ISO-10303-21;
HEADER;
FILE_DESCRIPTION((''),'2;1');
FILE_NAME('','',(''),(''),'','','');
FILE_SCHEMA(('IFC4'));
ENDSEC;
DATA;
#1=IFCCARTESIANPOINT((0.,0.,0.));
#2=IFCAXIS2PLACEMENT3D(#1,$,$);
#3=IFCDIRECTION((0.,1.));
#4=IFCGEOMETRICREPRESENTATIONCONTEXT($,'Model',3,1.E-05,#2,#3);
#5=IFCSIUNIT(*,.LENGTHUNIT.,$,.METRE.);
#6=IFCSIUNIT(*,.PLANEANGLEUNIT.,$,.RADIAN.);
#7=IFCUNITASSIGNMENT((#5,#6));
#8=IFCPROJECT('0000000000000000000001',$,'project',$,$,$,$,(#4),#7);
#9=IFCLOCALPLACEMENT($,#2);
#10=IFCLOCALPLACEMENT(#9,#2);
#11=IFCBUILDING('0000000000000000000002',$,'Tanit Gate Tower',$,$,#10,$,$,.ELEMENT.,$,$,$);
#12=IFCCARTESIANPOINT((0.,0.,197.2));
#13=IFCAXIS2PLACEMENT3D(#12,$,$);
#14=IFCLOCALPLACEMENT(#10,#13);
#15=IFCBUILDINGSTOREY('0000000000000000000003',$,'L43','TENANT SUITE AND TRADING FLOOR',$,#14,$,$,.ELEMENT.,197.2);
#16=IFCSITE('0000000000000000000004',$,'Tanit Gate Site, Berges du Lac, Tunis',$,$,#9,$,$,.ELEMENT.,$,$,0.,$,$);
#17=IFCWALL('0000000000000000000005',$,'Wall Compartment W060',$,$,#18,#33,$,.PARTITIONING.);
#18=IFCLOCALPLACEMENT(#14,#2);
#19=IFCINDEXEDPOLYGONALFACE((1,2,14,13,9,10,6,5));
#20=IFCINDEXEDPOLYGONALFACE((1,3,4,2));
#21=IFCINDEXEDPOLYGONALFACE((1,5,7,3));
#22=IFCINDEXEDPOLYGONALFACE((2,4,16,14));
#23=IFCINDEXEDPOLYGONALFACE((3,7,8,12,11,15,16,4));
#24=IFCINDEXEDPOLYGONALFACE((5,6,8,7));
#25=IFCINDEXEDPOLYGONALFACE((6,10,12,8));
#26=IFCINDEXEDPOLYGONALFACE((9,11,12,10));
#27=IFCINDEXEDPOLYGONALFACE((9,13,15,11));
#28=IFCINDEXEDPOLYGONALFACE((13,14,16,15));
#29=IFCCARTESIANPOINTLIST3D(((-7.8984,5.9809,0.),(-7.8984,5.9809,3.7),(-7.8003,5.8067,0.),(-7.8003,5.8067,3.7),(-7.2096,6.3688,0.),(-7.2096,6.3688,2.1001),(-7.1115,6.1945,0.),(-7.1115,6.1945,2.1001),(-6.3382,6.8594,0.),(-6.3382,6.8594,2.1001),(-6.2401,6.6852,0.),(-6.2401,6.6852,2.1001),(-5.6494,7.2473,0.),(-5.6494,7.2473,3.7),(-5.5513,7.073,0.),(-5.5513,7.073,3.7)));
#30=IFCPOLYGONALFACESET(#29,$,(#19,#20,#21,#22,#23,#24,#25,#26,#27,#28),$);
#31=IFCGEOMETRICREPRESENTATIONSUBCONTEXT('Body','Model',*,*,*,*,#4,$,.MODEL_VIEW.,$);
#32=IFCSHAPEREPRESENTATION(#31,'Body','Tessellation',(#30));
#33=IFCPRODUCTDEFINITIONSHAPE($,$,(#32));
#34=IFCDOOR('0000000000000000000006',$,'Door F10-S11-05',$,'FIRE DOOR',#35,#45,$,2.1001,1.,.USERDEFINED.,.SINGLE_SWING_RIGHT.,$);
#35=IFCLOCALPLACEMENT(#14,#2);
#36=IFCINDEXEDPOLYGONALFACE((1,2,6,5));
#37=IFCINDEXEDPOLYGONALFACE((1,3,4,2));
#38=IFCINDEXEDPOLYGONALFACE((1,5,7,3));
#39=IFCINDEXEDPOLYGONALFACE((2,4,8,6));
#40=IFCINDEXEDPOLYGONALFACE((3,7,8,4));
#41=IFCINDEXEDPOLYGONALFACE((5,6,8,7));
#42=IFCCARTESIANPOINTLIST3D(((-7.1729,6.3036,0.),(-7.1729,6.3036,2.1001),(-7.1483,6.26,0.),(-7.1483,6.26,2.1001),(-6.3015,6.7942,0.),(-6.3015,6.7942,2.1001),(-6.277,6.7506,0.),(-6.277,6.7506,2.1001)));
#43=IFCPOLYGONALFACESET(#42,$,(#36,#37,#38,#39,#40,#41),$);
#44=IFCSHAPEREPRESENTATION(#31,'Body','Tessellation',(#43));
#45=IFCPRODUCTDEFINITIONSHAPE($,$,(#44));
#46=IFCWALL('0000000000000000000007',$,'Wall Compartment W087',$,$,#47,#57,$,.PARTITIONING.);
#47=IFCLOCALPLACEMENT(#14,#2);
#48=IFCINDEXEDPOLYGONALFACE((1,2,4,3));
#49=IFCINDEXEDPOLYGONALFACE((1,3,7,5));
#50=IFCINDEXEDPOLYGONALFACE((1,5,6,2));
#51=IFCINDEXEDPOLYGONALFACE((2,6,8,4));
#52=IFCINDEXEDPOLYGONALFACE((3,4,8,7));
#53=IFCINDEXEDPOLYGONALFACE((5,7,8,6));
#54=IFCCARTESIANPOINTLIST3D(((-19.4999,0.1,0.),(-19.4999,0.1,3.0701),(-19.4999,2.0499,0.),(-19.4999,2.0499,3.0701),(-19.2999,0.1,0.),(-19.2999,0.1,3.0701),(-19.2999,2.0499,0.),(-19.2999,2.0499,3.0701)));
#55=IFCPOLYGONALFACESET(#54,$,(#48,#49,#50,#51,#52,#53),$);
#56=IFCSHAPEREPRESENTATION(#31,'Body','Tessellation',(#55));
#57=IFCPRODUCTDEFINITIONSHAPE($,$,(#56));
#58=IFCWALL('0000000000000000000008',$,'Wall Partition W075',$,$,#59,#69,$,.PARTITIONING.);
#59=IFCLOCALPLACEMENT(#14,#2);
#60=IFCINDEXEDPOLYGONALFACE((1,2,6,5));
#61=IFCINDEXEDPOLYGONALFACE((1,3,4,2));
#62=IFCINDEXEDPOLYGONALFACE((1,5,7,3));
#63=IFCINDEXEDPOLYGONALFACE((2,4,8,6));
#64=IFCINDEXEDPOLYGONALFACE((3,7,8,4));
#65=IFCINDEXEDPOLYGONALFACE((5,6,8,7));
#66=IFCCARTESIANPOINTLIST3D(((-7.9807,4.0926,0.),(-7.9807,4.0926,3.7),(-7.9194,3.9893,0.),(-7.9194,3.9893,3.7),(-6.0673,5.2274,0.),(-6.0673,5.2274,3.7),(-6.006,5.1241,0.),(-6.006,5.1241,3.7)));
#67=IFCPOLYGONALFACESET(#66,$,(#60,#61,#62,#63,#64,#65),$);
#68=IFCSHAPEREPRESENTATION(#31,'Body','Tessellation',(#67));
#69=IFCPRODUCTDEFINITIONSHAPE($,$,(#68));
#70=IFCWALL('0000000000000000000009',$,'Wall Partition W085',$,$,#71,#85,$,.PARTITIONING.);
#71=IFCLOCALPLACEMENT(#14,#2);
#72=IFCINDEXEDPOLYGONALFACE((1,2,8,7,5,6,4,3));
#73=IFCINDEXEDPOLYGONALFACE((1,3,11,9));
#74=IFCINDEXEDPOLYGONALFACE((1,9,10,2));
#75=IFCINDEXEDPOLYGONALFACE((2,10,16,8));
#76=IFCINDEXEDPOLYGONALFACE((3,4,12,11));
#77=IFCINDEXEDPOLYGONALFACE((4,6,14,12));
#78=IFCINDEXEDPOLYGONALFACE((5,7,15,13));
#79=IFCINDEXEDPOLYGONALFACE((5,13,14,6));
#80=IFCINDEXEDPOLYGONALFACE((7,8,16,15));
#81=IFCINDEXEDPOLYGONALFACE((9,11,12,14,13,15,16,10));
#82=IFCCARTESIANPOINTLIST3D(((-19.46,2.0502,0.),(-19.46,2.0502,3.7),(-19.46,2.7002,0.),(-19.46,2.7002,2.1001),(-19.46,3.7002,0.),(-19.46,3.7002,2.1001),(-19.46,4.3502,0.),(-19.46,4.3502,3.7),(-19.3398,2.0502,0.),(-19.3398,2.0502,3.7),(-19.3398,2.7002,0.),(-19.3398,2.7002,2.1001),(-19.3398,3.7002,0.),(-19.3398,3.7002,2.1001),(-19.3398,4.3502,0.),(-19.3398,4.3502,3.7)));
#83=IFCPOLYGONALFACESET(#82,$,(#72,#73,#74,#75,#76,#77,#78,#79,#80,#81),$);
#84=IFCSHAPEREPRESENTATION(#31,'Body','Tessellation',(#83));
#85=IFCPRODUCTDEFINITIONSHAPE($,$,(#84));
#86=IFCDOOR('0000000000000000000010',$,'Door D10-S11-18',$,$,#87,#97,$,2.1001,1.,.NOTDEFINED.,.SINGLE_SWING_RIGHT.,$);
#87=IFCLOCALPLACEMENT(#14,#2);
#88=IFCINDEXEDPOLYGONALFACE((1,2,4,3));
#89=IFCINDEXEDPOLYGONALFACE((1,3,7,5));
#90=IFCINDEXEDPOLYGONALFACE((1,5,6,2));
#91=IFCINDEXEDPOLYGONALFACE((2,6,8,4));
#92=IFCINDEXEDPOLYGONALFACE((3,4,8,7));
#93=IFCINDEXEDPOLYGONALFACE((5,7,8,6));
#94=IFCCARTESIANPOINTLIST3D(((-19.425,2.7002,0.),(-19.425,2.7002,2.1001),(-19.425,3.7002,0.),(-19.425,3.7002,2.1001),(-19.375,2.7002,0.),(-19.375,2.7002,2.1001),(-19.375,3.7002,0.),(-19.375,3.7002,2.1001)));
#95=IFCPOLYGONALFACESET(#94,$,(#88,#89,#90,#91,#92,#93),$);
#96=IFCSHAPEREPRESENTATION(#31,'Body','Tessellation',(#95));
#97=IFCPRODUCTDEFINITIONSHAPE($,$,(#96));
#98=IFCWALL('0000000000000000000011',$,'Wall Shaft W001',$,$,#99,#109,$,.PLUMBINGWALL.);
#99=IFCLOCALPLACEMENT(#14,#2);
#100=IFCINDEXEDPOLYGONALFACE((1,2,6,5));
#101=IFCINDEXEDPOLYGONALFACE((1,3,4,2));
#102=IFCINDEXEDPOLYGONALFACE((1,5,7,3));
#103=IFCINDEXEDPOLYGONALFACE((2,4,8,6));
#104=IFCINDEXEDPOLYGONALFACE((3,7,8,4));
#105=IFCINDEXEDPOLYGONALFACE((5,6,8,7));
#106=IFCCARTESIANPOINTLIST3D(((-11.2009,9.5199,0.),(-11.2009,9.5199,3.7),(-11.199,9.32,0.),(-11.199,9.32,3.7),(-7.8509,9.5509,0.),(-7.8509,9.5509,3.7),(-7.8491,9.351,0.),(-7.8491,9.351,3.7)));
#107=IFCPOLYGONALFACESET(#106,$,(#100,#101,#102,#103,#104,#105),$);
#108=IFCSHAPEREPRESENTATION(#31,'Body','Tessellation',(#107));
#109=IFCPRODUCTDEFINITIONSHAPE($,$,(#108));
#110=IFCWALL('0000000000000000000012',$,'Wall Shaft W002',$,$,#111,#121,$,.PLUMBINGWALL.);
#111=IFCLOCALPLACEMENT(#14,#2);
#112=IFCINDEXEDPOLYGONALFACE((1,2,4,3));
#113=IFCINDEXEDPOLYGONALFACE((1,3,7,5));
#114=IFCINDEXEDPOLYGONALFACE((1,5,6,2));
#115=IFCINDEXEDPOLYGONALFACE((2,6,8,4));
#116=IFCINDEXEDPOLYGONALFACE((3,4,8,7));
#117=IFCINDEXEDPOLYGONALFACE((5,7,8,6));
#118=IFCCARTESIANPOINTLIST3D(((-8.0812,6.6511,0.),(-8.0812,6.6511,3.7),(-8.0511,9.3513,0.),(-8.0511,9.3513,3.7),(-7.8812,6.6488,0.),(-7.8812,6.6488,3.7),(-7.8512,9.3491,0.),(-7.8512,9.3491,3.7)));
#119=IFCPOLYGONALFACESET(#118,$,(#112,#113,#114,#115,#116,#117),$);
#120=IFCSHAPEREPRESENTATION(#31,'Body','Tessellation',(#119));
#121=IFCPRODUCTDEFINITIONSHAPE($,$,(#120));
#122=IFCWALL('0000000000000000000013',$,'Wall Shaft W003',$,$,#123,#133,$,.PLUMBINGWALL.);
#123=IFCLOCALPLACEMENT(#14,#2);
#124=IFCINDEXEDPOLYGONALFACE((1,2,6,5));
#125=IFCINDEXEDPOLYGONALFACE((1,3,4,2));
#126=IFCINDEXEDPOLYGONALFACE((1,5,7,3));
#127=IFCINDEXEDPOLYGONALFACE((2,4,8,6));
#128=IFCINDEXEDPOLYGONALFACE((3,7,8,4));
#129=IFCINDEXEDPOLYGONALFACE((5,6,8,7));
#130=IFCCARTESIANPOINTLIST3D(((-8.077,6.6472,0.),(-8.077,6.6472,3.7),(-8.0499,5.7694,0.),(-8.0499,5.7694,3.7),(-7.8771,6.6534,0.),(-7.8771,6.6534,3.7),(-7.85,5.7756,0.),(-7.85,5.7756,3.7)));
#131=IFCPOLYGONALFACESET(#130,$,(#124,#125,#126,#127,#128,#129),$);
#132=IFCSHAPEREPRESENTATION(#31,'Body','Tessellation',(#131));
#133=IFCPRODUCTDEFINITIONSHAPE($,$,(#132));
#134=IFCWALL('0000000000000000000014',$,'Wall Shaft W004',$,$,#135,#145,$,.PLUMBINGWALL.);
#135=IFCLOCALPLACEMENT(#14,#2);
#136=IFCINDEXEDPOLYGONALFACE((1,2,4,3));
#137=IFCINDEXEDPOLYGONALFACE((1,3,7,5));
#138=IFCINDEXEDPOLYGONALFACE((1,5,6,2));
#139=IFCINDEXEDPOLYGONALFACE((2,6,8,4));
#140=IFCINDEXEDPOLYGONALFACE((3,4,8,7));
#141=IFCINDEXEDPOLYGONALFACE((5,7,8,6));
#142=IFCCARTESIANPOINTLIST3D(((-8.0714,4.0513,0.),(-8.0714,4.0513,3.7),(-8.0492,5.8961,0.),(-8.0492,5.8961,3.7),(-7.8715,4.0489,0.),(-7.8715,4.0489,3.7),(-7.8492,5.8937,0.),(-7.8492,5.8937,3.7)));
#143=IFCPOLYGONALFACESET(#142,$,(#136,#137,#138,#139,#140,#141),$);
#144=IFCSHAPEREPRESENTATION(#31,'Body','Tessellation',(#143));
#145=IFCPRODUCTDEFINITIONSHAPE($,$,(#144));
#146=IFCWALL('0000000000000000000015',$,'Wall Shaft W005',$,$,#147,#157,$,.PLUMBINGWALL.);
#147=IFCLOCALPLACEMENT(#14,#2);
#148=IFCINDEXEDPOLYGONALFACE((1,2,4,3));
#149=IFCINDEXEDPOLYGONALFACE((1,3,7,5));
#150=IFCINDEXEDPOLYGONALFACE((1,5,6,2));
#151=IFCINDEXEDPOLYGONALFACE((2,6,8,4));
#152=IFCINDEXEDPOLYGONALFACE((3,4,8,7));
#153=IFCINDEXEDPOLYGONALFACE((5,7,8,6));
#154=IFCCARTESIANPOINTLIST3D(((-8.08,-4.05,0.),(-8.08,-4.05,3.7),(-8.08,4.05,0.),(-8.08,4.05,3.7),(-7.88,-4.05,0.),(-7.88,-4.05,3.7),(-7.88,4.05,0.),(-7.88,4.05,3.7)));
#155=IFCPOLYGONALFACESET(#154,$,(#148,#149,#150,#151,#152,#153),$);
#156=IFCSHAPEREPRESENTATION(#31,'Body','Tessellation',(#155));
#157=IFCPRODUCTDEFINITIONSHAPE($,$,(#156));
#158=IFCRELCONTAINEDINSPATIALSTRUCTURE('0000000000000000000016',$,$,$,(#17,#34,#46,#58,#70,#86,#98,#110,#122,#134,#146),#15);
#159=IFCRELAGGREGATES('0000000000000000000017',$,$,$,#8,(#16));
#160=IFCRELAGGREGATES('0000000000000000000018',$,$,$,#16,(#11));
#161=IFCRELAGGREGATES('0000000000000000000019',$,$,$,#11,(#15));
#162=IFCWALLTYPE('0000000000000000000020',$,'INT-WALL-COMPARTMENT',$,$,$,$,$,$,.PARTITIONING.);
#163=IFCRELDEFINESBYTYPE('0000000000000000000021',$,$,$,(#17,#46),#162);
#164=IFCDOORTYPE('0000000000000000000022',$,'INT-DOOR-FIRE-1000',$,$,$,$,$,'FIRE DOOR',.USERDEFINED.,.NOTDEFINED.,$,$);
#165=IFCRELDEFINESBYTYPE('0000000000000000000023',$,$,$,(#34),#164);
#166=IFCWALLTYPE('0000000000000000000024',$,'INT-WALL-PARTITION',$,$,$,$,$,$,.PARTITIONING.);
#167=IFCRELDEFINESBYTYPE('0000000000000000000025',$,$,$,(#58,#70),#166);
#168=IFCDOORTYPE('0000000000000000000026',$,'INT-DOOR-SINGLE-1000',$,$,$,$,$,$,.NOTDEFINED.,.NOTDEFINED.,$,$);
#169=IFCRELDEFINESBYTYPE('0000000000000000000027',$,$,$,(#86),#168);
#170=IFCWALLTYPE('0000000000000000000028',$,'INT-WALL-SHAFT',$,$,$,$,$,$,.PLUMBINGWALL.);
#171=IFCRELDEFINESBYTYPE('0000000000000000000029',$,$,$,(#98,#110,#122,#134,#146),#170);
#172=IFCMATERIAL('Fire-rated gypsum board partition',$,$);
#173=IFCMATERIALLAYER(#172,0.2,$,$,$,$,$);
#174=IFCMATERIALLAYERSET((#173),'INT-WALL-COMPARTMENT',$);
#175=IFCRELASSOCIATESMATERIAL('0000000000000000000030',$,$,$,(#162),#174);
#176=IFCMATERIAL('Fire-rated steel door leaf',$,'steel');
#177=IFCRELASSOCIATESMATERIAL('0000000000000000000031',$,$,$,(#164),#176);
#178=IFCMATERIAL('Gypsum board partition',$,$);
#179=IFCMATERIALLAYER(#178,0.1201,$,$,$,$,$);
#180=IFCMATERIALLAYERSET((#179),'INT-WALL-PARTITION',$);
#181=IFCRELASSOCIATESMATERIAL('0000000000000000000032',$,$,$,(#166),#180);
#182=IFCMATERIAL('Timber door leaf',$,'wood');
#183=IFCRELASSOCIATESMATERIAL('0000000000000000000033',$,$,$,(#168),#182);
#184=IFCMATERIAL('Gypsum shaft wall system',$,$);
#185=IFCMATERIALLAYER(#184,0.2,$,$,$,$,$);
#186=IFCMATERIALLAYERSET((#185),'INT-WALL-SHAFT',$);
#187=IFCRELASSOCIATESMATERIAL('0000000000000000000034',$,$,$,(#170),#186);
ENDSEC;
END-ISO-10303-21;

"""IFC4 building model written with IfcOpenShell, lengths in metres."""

from ifc_helpers import new_model, si_unit, direction, frame, frame_2d, origin, place, context, subcontext, project, spatial, rectangle, extrude, material, layer, layer_set, type_object, element, fill, save


model = new_model("IFC4")

# Units and contexts
model_context = context("Model", 3, precision=1e-05, world=origin(), true_north=direction((0.0, 1.0)))
body_context = subcontext(model_context, "Body", "Model", "MODEL_VIEW")
ifc_project = project(units=[si_unit("LENGTHUNIT", "METRE"), si_unit("PLANEANGLEUNIT", "RADIAN")], contexts=[model_context])

# Site, building, storey
site_placement = place(None, origin())
site = spatial("IfcSite", under=ifc_project, at=site_placement, Name="Tanit Gate Site, Berges du Lac, Tunis", CompositionType="ELEMENT", RefElevation=0.0)
building_placement = place(site_placement, origin())
building = spatial("IfcBuilding", under=site, at=building_placement, Name="Tanit Gate Tower", CompositionType="ELEMENT")
storey_placement = place(building_placement, frame((0.0, 0.0, 197.2)))
storey = spatial("IfcBuildingStorey", under=building, at=storey_placement, Name="L43", Description="TENANT SUITE AND TRADING FLOOR", CompositionType="ELEMENT", Elevation=197.2)

# Wall, opening, door
ifc_material_1 = material(Name="Fire-rated gypsum board partition")
ifc_layer_1 = layer(ifc_material_1, 0.2)
ifc_layer_set_1 = layer_set([ifc_layer_1], Name="INT-WALL-COMPARTMENT")
wall_type_1 = type_object("IfcWallType", Name="INT-WALL-COMPARTMENT", PredefinedType="PARTITIONING", material=ifc_layer_set_1)
wall_1_placement = place(storey_placement, frame((-5.6003, 7.1602, 0.0), z_axis=(0.0, 0.0, 1.0), x_axis=(-0.871363, -0.490638, 0.0)))
wall_1 = element("IfcWall", 1, at=wall_1_placement, inside=storey, type_object=wall_type_1, Name="Wall Compartment W060", PredefinedType="PARTITIONING", context=body_context, shape_type="SweptSolid", body=[
    extrude(rectangle(XDim=2.5811, YDim=0.2, at=frame_2d((1.2905, 0.0))), origin(), (0.0, 0.0, 1.0), 3.7),
])
opening_1_placement = place(wall_1_placement, frame((0.7905, 0.0, 0.0)))
opening_1 = element("IfcOpeningElement", 2, at=opening_1_placement, cuts=wall_1, PredefinedType="OPENING", context=body_context, shape_type="SweptSolid", body=[
    extrude(rectangle(XDim=1.0, YDim=2.1001, at=frame_2d((0.5, 1.05))), frame((0.0, 0.1099, 0.0), z_axis=(0.0, -1.0, 0.0), x_axis=(1.0, 0.0, 0.0)), (0.0, 0.0, 1.0), 0.22),
])
ifc_material_2 = material(Name="Fire-rated steel door leaf", Category="steel")
door_type_1 = type_object("IfcDoorType", Name="INT-DOOR-FIRE-1000", ElementType="FIRE DOOR", OperationType="NOTDEFINED", PredefinedType="USERDEFINED", material=ifc_material_2)
door_1_placement = place(opening_1_placement, origin())
door_1 = element("IfcDoor", 3, at=door_1_placement, inside=storey, type_object=door_type_1, Name="Door F10-S11-05", ObjectType="FIRE DOOR", OperationType="SINGLE_SWING_RIGHT", OverallHeight=2.1001, OverallWidth=1.0, PredefinedType="USERDEFINED", context=body_context, shape_type="SweptSolid", body=[
    extrude(rectangle(XDim=1.0, YDim=2.1001, at=frame_2d((0.5, 1.05))), frame((0.0, 0.0249, 0.0), z_axis=(0.0, -1.0, 0.0), x_axis=(1.0, 0.0, 0.0)), (0.0, 0.0, 1.0), 0.05),
])
fill(opening_1, door_1)

# Walls
wall_2_placement = place(storey_placement, frame((-19.3999, 2.05, 0.0), z_axis=(0.0, 0.0, 1.0), x_axis=(0.0, -1.0, 0.0)))
element("IfcWall", 4, at=wall_2_placement, inside=storey, type_object=wall_type_1, Name="Wall Compartment W087", PredefinedType="PARTITIONING", context=body_context, shape_type="SweptSolid", body=[
    extrude(rectangle(XDim=1.95, YDim=0.2, at=frame_2d((0.9751, 0.0))), origin(), (0.0, 0.0, 1.0), 3.0701),
])
ifc_material_3 = material(Name="Gypsum board partition")
ifc_layer_2 = layer(ifc_material_3, 0.1201)
ifc_layer_set_2 = layer_set([ifc_layer_2], Name="INT-WALL-PARTITION")
wall_type_2 = type_object("IfcWallType", Name="INT-WALL-PARTITION", PredefinedType="PARTITIONING", material=ifc_layer_set_2)
wall_3_placement = place(storey_placement, frame((-6.0366, 5.1758, 0.0), z_axis=(0.0, 0.0, 1.0), x_axis=(-0.860106, -0.510115, 0.0)))
element("IfcWall", 5, at=wall_3_placement, inside=storey, type_object=wall_type_2, Name="Wall Partition W075", PredefinedType="PARTITIONING", context=body_context, shape_type="SweptSolid", body=[
    extrude(rectangle(XDim=2.2246, YDim=0.1201, at=frame_2d((1.1123, 0.0))), origin(), (0.0, 0.0, 1.0), 3.7),
])

# Wall, opening, door
wall_4_placement = place(storey_placement, frame((-19.3999, 4.3501, 0.0), z_axis=(0.0, 0.0, 1.0), x_axis=(0.0, -1.0, 0.0)))
wall_4 = element("IfcWall", 6, at=wall_4_placement, inside=storey, type_object=wall_type_2, Name="Wall Partition W085", PredefinedType="PARTITIONING", context=body_context, shape_type="SweptSolid", body=[
    extrude(rectangle(XDim=2.3, YDim=0.1201, at=frame_2d((1.1499, 0.0))), origin(), (0.0, 0.0, 1.0), 3.7),
])
opening_2_placement = place(wall_4_placement, frame((0.6499, 0.0, 0.0)))
opening_2 = element("IfcOpeningElement", 7, at=opening_2_placement, cuts=wall_4, PredefinedType="OPENING", context=body_context, shape_type="SweptSolid", body=[
    extrude(rectangle(XDim=1.0, YDim=2.1001, at=frame_2d((0.5, 1.05))), frame((0.0, 0.0701, 0.0), z_axis=(0.0, -1.0, 0.0), x_axis=(1.0, 0.0, 0.0)), (0.0, 0.0, 1.0), 0.1401),
])
ifc_material_4 = material(Name="Timber door leaf", Category="wood")
door_type_2 = type_object("IfcDoorType", Name="INT-DOOR-SINGLE-1000", OperationType="NOTDEFINED", PredefinedType="NOTDEFINED", material=ifc_material_4)
door_2_placement = place(opening_2_placement, origin())
door_2 = element("IfcDoor", 8, at=door_2_placement, inside=storey, type_object=door_type_2, Name="Door D10-S11-18", OperationType="SINGLE_SWING_RIGHT", OverallHeight=2.1001, OverallWidth=1.0, PredefinedType="NOTDEFINED", context=body_context, shape_type="SweptSolid", body=[
    extrude(rectangle(XDim=1.0, YDim=2.1001, at=frame_2d((0.5, 1.05))), frame((0.0, 0.0249, 0.0), z_axis=(0.0, -1.0, 0.0), x_axis=(1.0, 0.0, 0.0)), (0.0, 0.0, 1.0), 0.05),
])
fill(opening_2, door_2)

# Walls
ifc_material_5 = material(Name="Gypsum shaft wall system")
ifc_layer_3 = layer(ifc_material_5, 0.2)
ifc_layer_set_3 = layer_set([ifc_layer_3], Name="INT-WALL-SHAFT")
wall_type_3 = type_object("IfcWallType", Name="INT-WALL-SHAFT", PredefinedType="PLUMBINGWALL", material=ifc_layer_set_3)
wall_5_placement = place(storey_placement, frame((-11.2, 9.4199, 0.0), z_axis=(0.0, 0.0, 1.0), x_axis=(0.999957, 0.009255, 0.0)))
element("IfcWall", 9, at=wall_5_placement, inside=storey, type_object=wall_type_3, Name="Wall Shaft W001", PredefinedType="PLUMBINGWALL", context=body_context, shape_type="SweptSolid", body=[
    extrude(rectangle(XDim=3.3501, YDim=0.2, at=frame_2d((1.675, 0.0))), origin(), (0.0, 0.0, 1.0), 3.7),
])
wall_6_placement = place(storey_placement, frame((-7.9512, 9.3501, 0.0), z_axis=(0.0, 0.0, 1.0), x_axis=(-0.01112, -0.999938, 0.0)))
element("IfcWall", 10, at=wall_6_placement, inside=storey, type_object=wall_type_3, Name="Wall Shaft W002", PredefinedType="PLUMBINGWALL", context=body_context, shape_type="SweptSolid", body=[
    extrude(rectangle(XDim=2.7004, YDim=0.2, at=frame_2d((1.3501, 0.0))), origin(), (0.0, 0.0, 1.0), 3.7),
])
wall_7_placement = place(storey_placement, frame((-7.9771, 6.6501, 0.0), z_axis=(0.0, 0.0, 1.0), x_axis=(0.030862, -0.999524, 0.0)))
element("IfcWall", 11, at=wall_7_placement, inside=storey, type_object=wall_type_3, Name="Wall Shaft W003", PredefinedType="PLUMBINGWALL", context=body_context, shape_type="SweptSolid", body=[
    extrude(rectangle(XDim=0.8782, YDim=0.2, at=frame_2d((0.439, 0.0))), origin(), (0.0, 0.0, 1.0), 3.7),
])
wall_8_placement = place(storey_placement, frame((-7.9492, 5.8948, 0.0), z_axis=(0.0, 0.0, 1.0), x_axis=(-0.012043, -0.999927, 0.0)))
element("IfcWall", 12, at=wall_8_placement, inside=storey, type_object=wall_type_3, Name="Wall Shaft W004", PredefinedType="PLUMBINGWALL", context=body_context, shape_type="SweptSolid", body=[
    extrude(rectangle(XDim=1.845, YDim=0.2, at=frame_2d((0.9224, 0.0))), origin(), (0.0, 0.0, 1.0), 3.7),
])
wall_9_placement = place(storey_placement, frame((-7.98, 4.05, 0.0), z_axis=(0.0, 0.0, 1.0), x_axis=(0.0, -1.0, 0.0)))
element("IfcWall", 13, at=wall_9_placement, inside=storey, type_object=wall_type_3, Name="Wall Shaft W005", PredefinedType="PLUMBINGWALL", context=body_context, shape_type="SweptSolid", body=[
    extrude(rectangle(XDim=8.1001, YDim=0.2, at=frame_2d((4.05, 0.0))), origin(), (0.0, 0.0, 1.0), 3.7),
])

save(model, "model.ifc")
